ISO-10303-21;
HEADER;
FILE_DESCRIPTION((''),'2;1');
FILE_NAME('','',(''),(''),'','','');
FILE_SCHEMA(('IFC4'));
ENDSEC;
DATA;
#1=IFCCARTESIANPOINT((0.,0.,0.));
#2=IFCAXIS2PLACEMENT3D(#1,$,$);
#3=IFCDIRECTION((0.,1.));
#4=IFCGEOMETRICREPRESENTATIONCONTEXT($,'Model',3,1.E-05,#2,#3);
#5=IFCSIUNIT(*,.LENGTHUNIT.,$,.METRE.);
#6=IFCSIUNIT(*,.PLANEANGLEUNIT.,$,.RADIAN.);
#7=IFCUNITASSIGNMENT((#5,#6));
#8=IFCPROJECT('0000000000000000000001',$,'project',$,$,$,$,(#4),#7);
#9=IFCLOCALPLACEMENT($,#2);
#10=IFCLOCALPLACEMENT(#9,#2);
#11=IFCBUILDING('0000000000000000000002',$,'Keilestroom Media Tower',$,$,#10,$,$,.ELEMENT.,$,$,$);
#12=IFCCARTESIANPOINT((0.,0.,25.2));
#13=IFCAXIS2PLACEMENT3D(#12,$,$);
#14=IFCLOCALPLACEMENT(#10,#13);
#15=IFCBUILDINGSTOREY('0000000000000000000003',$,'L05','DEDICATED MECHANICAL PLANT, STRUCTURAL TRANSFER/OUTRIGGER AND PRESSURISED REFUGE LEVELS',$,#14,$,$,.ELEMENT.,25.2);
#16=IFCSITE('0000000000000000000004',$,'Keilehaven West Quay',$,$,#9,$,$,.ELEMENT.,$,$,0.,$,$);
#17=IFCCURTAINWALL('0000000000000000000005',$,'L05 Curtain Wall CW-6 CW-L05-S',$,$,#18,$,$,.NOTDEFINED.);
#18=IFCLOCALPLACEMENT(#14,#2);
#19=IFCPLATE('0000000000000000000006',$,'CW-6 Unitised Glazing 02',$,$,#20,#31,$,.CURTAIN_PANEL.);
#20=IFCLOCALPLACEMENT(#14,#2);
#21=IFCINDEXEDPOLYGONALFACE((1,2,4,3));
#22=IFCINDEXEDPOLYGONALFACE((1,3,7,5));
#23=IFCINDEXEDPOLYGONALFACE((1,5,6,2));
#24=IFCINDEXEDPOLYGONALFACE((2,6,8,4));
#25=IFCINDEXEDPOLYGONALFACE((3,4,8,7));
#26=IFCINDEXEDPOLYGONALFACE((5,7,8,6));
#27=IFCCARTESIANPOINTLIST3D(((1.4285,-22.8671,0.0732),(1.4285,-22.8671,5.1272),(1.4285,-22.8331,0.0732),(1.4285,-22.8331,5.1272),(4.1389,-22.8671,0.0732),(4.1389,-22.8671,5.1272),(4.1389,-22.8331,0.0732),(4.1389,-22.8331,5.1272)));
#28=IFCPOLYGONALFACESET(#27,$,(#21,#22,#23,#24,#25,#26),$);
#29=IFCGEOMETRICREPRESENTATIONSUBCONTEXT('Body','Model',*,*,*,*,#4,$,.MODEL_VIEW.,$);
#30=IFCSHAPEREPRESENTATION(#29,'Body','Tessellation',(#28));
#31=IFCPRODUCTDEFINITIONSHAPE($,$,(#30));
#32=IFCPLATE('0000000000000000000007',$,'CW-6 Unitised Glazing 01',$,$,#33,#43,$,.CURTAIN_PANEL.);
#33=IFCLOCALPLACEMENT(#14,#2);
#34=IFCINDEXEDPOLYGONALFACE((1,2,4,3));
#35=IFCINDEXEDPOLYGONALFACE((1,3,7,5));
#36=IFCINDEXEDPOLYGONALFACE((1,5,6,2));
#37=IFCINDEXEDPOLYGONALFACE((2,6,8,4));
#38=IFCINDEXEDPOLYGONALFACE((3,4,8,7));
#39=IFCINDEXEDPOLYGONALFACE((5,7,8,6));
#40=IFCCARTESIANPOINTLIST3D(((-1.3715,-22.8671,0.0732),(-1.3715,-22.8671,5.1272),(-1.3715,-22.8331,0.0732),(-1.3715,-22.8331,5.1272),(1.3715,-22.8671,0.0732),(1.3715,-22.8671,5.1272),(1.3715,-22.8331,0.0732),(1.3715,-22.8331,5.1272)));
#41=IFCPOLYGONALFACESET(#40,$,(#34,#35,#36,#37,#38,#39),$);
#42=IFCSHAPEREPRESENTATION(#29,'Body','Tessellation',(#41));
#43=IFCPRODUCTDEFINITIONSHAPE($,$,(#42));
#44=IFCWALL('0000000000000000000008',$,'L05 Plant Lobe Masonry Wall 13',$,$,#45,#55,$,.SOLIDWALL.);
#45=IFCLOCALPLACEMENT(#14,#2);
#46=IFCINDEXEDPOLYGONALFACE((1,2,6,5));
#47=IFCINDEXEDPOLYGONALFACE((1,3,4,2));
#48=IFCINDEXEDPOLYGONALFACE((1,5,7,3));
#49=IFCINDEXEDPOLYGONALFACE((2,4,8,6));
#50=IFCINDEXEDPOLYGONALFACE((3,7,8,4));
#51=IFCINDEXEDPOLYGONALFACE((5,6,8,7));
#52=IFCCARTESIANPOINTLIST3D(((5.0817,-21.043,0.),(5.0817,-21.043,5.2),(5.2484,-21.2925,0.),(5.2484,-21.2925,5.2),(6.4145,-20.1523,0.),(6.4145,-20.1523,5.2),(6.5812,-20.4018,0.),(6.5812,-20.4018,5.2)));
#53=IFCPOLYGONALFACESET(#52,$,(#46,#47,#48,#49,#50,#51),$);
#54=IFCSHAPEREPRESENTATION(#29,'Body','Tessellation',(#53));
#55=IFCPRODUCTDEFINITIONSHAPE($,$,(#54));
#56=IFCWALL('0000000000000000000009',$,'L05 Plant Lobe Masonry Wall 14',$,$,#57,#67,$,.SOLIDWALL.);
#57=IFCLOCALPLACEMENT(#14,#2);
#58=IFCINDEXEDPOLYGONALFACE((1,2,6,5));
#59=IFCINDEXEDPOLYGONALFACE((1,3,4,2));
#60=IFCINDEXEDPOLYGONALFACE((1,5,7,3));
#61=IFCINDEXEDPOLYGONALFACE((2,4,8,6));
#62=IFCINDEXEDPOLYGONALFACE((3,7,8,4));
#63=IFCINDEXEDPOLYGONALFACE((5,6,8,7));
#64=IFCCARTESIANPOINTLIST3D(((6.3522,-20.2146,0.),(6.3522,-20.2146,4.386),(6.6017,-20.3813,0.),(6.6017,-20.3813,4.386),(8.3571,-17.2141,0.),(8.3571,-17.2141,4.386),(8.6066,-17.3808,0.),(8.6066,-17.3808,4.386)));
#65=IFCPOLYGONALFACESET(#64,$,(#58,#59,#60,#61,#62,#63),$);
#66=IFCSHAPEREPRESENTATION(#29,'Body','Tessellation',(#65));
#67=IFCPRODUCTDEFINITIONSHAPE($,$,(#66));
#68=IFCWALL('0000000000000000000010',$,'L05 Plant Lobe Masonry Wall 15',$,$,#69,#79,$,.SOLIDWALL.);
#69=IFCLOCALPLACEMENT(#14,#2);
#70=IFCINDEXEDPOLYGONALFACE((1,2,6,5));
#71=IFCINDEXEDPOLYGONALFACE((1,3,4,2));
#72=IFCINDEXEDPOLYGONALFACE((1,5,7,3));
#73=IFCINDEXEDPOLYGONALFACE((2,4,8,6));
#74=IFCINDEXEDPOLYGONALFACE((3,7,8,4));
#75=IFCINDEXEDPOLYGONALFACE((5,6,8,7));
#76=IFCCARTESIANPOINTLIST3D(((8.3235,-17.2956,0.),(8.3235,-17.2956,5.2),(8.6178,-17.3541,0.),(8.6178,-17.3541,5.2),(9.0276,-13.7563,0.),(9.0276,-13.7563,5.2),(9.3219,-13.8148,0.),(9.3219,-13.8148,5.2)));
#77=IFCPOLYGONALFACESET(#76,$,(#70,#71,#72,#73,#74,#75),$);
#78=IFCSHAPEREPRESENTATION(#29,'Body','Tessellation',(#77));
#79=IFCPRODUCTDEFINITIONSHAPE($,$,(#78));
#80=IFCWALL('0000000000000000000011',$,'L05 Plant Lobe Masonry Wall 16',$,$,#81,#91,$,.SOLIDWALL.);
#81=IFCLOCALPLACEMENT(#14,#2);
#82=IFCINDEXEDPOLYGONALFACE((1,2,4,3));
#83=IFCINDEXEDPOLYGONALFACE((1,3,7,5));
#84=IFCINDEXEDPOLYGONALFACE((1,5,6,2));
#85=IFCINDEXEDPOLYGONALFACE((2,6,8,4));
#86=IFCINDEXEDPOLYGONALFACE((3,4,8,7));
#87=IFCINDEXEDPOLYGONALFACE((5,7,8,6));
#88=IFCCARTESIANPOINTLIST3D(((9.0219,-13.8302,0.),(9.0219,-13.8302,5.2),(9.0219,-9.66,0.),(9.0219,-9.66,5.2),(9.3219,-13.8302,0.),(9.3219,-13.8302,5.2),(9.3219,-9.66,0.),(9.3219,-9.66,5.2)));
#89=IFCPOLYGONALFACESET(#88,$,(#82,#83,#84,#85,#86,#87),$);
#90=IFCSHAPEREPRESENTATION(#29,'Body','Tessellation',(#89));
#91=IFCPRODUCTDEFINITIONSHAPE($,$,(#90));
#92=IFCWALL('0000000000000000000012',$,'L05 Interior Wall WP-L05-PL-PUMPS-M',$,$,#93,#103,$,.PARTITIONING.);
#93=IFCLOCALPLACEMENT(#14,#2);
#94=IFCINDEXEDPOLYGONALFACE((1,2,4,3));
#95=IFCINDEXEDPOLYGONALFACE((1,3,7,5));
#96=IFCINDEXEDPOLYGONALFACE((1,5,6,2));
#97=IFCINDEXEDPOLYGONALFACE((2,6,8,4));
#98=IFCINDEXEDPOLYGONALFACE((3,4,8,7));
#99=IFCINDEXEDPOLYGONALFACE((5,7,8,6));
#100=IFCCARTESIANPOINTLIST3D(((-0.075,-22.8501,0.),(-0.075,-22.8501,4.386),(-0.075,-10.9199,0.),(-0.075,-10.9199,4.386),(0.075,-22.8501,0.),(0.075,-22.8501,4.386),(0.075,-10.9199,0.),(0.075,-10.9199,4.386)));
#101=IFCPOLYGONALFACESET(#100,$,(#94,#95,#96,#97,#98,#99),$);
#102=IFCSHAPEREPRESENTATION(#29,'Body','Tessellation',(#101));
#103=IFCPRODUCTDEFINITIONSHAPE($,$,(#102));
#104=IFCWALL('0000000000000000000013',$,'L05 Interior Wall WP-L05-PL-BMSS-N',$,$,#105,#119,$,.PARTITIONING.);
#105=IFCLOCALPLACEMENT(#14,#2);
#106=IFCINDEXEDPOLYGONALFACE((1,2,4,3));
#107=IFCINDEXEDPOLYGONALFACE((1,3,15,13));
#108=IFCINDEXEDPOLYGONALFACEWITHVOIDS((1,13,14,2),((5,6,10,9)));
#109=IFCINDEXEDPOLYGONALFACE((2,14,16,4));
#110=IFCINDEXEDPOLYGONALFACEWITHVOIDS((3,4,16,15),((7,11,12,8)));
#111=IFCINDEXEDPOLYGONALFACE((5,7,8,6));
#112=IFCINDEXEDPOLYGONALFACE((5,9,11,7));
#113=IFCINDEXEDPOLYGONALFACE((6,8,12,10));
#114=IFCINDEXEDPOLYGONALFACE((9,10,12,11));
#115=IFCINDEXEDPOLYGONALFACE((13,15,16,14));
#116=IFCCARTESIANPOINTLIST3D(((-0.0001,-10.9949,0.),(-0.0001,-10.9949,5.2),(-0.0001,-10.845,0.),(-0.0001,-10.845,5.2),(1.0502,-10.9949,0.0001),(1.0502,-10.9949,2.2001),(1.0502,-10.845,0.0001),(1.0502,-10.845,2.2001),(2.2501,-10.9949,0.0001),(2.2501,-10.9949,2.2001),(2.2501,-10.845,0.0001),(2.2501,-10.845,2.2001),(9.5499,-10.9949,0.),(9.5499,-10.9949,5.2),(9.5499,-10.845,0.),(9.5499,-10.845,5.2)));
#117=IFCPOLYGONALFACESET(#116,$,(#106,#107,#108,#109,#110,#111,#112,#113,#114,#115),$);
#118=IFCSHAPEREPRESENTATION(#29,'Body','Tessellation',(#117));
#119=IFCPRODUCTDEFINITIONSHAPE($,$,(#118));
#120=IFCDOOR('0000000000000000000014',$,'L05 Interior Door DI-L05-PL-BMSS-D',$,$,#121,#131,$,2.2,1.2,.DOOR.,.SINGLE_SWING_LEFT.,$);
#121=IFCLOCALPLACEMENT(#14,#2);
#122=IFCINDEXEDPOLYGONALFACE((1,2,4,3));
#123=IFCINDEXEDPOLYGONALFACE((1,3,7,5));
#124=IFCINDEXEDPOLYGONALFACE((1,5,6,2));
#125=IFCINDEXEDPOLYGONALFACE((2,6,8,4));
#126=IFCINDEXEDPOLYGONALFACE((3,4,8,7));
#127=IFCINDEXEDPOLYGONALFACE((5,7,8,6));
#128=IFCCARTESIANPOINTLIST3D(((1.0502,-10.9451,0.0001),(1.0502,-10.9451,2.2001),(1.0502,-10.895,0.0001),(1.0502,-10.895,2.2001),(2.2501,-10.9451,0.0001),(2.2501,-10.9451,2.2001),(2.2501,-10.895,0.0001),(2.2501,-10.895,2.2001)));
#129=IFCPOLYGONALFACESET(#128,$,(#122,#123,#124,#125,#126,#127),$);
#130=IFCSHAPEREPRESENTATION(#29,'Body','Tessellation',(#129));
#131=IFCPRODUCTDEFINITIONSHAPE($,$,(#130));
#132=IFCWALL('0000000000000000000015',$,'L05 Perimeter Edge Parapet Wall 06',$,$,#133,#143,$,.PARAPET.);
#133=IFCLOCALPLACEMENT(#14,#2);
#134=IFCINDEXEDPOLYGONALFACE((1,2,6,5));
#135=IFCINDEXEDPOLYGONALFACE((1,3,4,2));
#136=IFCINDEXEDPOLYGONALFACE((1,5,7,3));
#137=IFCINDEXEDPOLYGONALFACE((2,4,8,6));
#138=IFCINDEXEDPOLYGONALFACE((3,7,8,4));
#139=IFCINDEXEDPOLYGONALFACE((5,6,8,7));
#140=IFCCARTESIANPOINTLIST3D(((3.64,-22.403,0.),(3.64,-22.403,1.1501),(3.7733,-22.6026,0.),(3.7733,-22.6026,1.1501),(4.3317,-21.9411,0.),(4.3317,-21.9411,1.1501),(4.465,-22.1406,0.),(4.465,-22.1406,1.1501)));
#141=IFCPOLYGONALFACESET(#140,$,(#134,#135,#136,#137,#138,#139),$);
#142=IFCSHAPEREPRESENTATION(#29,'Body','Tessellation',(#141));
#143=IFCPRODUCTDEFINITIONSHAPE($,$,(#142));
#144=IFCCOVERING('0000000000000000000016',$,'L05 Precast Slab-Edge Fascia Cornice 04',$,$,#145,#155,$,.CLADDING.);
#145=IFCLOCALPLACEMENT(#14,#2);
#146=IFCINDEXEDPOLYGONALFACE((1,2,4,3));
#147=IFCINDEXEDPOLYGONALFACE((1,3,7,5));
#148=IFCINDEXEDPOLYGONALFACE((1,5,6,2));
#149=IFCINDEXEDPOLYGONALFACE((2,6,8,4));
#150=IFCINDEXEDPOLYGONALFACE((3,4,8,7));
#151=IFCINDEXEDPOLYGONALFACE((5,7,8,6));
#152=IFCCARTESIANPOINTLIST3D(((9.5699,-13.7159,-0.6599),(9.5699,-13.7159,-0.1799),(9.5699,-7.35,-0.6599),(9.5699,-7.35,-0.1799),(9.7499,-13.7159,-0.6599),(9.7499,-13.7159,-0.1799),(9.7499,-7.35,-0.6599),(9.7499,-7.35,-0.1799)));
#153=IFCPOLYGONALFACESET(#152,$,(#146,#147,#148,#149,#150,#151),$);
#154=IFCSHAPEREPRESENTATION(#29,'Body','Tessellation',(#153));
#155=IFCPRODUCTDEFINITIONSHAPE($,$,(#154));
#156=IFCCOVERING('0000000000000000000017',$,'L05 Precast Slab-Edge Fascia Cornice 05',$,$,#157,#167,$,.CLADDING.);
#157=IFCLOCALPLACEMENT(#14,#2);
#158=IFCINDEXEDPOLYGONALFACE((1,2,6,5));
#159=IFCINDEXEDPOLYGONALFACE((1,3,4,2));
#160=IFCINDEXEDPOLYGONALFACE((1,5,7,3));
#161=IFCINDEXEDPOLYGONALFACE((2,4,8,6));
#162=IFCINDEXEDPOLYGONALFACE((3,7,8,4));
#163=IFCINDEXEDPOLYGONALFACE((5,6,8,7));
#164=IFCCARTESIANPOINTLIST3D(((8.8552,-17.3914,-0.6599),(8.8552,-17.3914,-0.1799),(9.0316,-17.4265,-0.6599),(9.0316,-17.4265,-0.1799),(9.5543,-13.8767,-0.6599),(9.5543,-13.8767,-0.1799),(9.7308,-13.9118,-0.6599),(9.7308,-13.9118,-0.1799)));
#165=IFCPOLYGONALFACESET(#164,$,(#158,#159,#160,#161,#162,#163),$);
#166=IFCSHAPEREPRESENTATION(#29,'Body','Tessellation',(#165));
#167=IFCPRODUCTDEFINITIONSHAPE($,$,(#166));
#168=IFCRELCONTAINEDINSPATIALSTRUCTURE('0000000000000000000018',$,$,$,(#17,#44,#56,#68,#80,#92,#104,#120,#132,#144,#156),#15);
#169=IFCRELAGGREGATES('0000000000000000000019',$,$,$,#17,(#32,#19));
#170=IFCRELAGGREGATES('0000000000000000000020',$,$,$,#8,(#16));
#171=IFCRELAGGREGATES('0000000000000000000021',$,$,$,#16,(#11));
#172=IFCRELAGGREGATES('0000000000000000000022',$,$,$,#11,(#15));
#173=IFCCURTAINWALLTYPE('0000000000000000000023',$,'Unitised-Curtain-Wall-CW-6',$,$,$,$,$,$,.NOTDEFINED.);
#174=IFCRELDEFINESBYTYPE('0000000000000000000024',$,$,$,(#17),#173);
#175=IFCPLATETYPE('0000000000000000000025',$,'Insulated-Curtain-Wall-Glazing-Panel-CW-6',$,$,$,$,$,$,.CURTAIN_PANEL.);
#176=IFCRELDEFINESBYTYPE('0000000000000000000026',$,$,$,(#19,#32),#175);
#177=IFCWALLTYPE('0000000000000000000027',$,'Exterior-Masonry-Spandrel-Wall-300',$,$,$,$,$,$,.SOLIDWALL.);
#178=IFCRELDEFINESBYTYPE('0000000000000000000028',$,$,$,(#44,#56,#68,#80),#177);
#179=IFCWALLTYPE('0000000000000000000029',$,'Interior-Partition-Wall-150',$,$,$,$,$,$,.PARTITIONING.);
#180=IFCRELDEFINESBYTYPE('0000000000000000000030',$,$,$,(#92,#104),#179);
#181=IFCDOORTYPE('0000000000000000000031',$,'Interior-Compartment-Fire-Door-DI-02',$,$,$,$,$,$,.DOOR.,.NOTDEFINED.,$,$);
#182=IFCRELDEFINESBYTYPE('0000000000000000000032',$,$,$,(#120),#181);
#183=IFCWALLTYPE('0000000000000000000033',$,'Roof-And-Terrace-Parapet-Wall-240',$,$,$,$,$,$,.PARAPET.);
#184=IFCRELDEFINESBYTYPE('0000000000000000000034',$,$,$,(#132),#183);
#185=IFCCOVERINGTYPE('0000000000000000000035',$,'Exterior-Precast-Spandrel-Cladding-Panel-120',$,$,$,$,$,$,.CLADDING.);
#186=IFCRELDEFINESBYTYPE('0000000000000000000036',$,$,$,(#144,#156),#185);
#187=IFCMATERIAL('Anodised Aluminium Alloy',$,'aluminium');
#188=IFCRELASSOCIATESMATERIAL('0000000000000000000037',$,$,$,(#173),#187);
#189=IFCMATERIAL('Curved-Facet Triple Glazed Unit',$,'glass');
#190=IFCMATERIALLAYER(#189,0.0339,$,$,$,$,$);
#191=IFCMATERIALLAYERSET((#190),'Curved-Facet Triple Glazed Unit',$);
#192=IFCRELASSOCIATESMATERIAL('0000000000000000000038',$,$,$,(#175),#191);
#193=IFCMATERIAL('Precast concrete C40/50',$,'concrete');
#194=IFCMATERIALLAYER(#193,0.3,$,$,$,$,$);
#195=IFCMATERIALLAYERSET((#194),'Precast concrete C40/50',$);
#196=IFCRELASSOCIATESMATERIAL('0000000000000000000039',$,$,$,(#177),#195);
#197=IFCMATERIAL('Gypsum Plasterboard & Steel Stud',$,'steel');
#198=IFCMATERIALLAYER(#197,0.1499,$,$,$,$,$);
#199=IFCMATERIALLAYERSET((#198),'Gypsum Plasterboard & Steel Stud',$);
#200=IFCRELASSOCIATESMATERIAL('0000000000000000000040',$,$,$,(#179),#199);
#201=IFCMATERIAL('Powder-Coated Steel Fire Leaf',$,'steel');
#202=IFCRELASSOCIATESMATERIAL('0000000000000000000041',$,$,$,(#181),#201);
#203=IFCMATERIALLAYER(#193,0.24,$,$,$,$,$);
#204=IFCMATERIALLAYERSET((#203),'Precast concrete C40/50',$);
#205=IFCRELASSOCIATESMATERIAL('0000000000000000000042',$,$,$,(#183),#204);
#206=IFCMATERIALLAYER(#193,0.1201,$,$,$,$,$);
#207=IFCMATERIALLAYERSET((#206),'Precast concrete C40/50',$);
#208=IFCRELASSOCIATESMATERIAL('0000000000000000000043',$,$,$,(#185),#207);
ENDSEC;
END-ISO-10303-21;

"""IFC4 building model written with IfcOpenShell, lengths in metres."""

from ifc_helpers import new_model, si_unit, direction, frame, frame_2d, origin, origin_2d, place, context, subcontext, project, spatial, rectangle, extrude, source, transform, mapped, material, layer, layer_set, type_object, element, fill, aggregate, save


model = new_model("IFC4")

# Units and contexts
model_context = context("Model", 3, precision=1e-05, world=origin(), true_north=direction((0.0, 1.0)))
body_context = subcontext(model_context, "Body", "Model", "MODEL_VIEW")
ifc_project = project(units=[si_unit("LENGTHUNIT", "METRE"), si_unit("PLANEANGLEUNIT", "RADIAN")], contexts=[model_context])

# Site, building, storey
site_placement = place(None, origin())
site = spatial("IfcSite", under=ifc_project, at=site_placement, Name="Keilehaven West Quay", CompositionType="ELEMENT", RefElevation=0.0)
building_placement = place(site_placement, origin())
building = spatial("IfcBuilding", under=site, at=building_placement, Name="Keilestroom Media Tower", CompositionType="ELEMENT")
storey_placement = place(building_placement, frame((0.0, 0.0, 25.2)))
storey = spatial("IfcBuildingStorey", under=building, at=storey_placement, Name="L05", Description="DEDICATED MECHANICAL PLANT, STRUCTURAL TRANSFER/OUTRIGGER AND PRESSURISED REFUGE LEVELS", CompositionType="ELEMENT", Elevation=25.2)

# Shared definitions
ifc_material_1 = material(Name="Precast concrete C40/50", Category="concrete")

# Curtain wall, plates
ifc_material_2 = material(Name="Anodised Aluminium Alloy", Category="aluminium")
curtain_wall_type = type_object("IfcCurtainWallType", Name="Unitised-Curtain-Wall-CW-6", PredefinedType="NOTDEFINED", material=ifc_material_2)
curtain_wall_placement = place(storey_placement, origin())
curtain_wall = element("IfcCurtainWall", 1, at=curtain_wall_placement, inside=storey, type_object=curtain_wall_type, Name="L05 Curtain Wall CW-6 CW-L05-S", PredefinedType="NOTDEFINED")
ifc_material_3 = material(Name="Curved-Facet Triple Glazed Unit", Category="glass")
ifc_layer_1 = layer(ifc_material_3, 0.0339)
ifc_layer_set_1 = layer_set([ifc_layer_1], Name="Curved-Facet Triple Glazed Unit")
plate_type = type_object("IfcPlateType", Name="Insulated-Curtain-Wall-Glazing-Panel-CW-6", PredefinedType="CURTAIN_PANEL", material=ifc_layer_set_1)
shared_shape_1 = source(origin(), body_context, "Body", "SweptSolid", [
    extrude(rectangle(XDim=2.7104, YDim=0.0339, at=origin_2d()), origin(), (0.0, 0.0, 1.0), 5.054),
])
plate_1_placement = place(storey_placement, frame((2.7837, -22.8501, 0.0732), z_axis=(0.0, 0.0, 1.0), x_axis=(1.0, 0.0, 0.0)))
plate_1 = element("IfcPlate", 2, at=plate_1_placement, type_object=plate_type, Name="CW-6 Unitised Glazing 02", PredefinedType="CURTAIN_PANEL", context=body_context, shape_type="MappedRepresentation", body=[
    mapped(shared_shape_1, transform((0.0, 0.0, 0.0), x_axis=(1.0, 0.0, 0.0), y_axis=(0.0, 1.0, 0.0), z_axis=(0.0, 0.0, 1.0), scale=1.0)),
])
shared_shape_2 = source(origin(), body_context, "Body", "SweptSolid", [
    extrude(rectangle(XDim=2.7429, YDim=0.0339, at=origin_2d()), origin(), (0.0, 0.0, 1.0), 5.054),
])
plate_2_placement = place(storey_placement, frame((0.0, -22.8501, 0.0732), z_axis=(0.0, 0.0, 1.0), x_axis=(1.0, 0.0, 0.0)))
plate_2 = element("IfcPlate", 3, at=plate_2_placement, type_object=plate_type, Name="CW-6 Unitised Glazing 01", PredefinedType="CURTAIN_PANEL", context=body_context, shape_type="MappedRepresentation", body=[
    mapped(shared_shape_2, transform((0.0, 0.0, 0.0), x_axis=(1.0, 0.0, 0.0), y_axis=(0.0, 1.0, 0.0), z_axis=(0.0, 0.0, 1.0), scale=1.0)),
])
aggregate(curtain_wall, [plate_2, plate_1])

# Walls
ifc_layer_2 = layer(ifc_material_1, 0.3)
ifc_layer_set_2 = layer_set([ifc_layer_2], Name="Precast concrete C40/50")
wall_type_1 = type_object("IfcWallType", Name="Exterior-Masonry-Spandrel-Wall-300", PredefinedType="SOLIDWALL", material=ifc_layer_set_2)
wall_1_placement = place(storey_placement, frame((5.165, -21.1677, 0.0), z_axis=(0.0, 0.0, 1.0), x_axis=(0.831441, 0.555614, 0.0)))
element("IfcWall", 4, at=wall_1_placement, inside=storey, type_object=wall_type_1, Name="L05 Plant Lobe Masonry Wall 13", PredefinedType="SOLIDWALL", context=body_context, shape_type="SweptSolid", body=[
    extrude(rectangle(XDim=1.603, YDim=0.3, at=frame_2d((0.8015, 0.0))), origin(), (0.0, 0.0, 1.0), 5.2),
])
wall_2_placement = place(storey_placement, frame((6.4771, -20.2979, 0.0), z_axis=(0.0, 0.0, 1.0), x_axis=(0.555574, 0.831467, 0.0)))
element("IfcWall", 5, at=wall_2_placement, inside=storey, type_object=wall_type_1, Name="L05 Plant Lobe Masonry Wall 14", PredefinedType="SOLIDWALL", context=body_context, shape_type="SweptSolid", body=[
    extrude(rectangle(XDim=3.6086, YDim=0.3, at=frame_2d((1.8042, 0.0))), origin(), (0.0, 0.0, 1.0), 4.386),
])
wall_3_placement = place(storey_placement, frame((8.4707, -17.3247, 0.0), z_axis=(0.0, 0.0, 1.0), x_axis=(0.195114, 0.980781, 0.0)))
element("IfcWall", 6, at=wall_3_placement, inside=storey, type_object=wall_type_1, Name="L05 Plant Lobe Masonry Wall 15", PredefinedType="SOLIDWALL", context=body_context, shape_type="SweptSolid", body=[
    extrude(rectangle(XDim=3.6086, YDim=0.3, at=frame_2d((1.8042, 0.0))), origin(), (0.0, 0.0, 1.0), 5.2),
])
wall_4_placement = place(storey_placement, frame((9.1719, -13.8301, 0.0), z_axis=(0.0, 0.0, 1.0), x_axis=(0.0, 1.0, 0.0)))
element("IfcWall", 7, at=wall_4_placement, inside=storey, type_object=wall_type_1, Name="L05 Plant Lobe Masonry Wall 16", PredefinedType="SOLIDWALL", context=body_context, shape_type="SweptSolid", body=[
    extrude(rectangle(XDim=4.1702, YDim=0.3, at=frame_2d((2.085, 0.0))), origin(), (0.0, 0.0, 1.0), 5.2),
])
ifc_material_4 = material(Name="Gypsum Plasterboard & Steel Stud", Category="steel")
ifc_layer_3 = layer(ifc_material_4, 0.1499)
ifc_layer_set_3 = layer_set([ifc_layer_3], Name="Gypsum Plasterboard & Steel Stud")
wall_type_2 = type_object("IfcWallType", Name="Interior-Partition-Wall-150", PredefinedType="PARTITIONING", material=ifc_layer_set_3)
wall_5_placement = place(storey_placement, frame((0.0, -22.8501, 0.0), z_axis=(0.0, 0.0, 1.0), x_axis=(0.0, 1.0, 0.0)))
element("IfcWall", 8, at=wall_5_placement, inside=storey, type_object=wall_type_2, Name="L05 Interior Wall WP-L05-PL-PUMPS-M", PredefinedType="PARTITIONING", context=body_context, shape_type="SweptSolid", body=[
    extrude(rectangle(XDim=11.9302, YDim=0.1499, at=frame_2d((5.9651, 0.0))), origin(), (0.0, 0.0, 1.0), 4.386),
])

# Wall, opening, door
wall_6_placement = place(storey_placement, frame((0.0, -10.9199, 0.0), z_axis=(0.0, 0.0, 1.0), x_axis=(1.0, 0.0, 0.0)))
wall_6 = element("IfcWall", 9, at=wall_6_placement, inside=storey, type_object=wall_type_2, Name="L05 Interior Wall WP-L05-PL-BMSS-N", PredefinedType="PARTITIONING", context=body_context, shape_type="SweptSolid", body=[
    extrude(rectangle(XDim=9.55, YDim=0.1499, at=frame_2d((4.7749, 0.0))), origin(), (0.0, 0.0, 1.0), 5.2),
])
opening_placement = place(wall_6_placement, frame((1.05, 0.0, 0.0)))
opening = element("IfcOpeningElement", 10, at=opening_placement, cuts=wall_6, PredefinedType="OPENING", context=body_context, shape_type="SweptSolid", body=[
    extrude(rectangle(XDim=1.2, YDim=2.2, at=frame_2d((0.6001, 1.1001))), frame((0.0, 0.085, 0.0), z_axis=(0.0, -1.0, 0.0), x_axis=(1.0, 0.0, 0.0)), (0.0, 0.0, 1.0), 0.1699),
])
ifc_material_5 = material(Name="Powder-Coated Steel Fire Leaf", Category="steel")
door_type = type_object("IfcDoorType", Name="Interior-Compartment-Fire-Door-DI-02", OperationType="NOTDEFINED", PredefinedType="DOOR", material=ifc_material_5)
shared_shape_3 = source(origin(), body_context, "Body", "SweptSolid", [
    extrude(rectangle(XDim=1.2, YDim=2.2, at=frame_2d((0.6001, 1.1001))), frame((0.0, 0.0249, 0.0), z_axis=(0.0, -1.0, 0.0), x_axis=(1.0, 0.0, 0.0)), (0.0, 0.0, 1.0), 0.05),
])
door_placement = place(opening_placement, origin())
door = element("IfcDoor", 11, at=door_placement, inside=storey, type_object=door_type, Name="L05 Interior Door DI-L05-PL-BMSS-D", OperationType="SINGLE_SWING_LEFT", OverallHeight=2.2, OverallWidth=1.2, PredefinedType="DOOR", context=body_context, shape_type="MappedRepresentation", body=[
    mapped(shared_shape_3, transform((0.0, 0.0, 0.0), x_axis=(1.0, 0.0, 0.0), y_axis=(0.0, 1.0, 0.0), z_axis=(0.0, 0.0, 1.0), scale=1.0)),
])
fill(opening, door)

# Wall
ifc_layer_4 = layer(ifc_material_1, 0.24)
ifc_layer_set_4 = layer_set([ifc_layer_4], Name="Precast concrete C40/50")
wall_type_3 = type_object("IfcWallType", Name="Roof-And-Terrace-Parapet-Wall-240", PredefinedType="PARAPET", material=ifc_layer_set_4)
wall_7_placement = place(storey_placement, frame((4.3984, -22.0408, 0.0), z_axis=(0.0, 0.0, 1.0), x_axis=(-0.831598, -0.555377, 0.0)))
element("IfcWall", 12, at=wall_7_placement, inside=storey, type_object=wall_type_3, Name="L05 Perimeter Edge Parapet Wall 06", PredefinedType="PARAPET", context=body_context, shape_type="SweptSolid", body=[
    extrude(rectangle(XDim=0.8318, YDim=0.24, at=frame_2d((0.416, 0.0))), origin(), (0.0, 0.0, 1.0), 1.1501),
])

# Coverings
ifc_layer_5 = layer(ifc_material_1, 0.1201)
ifc_layer_set_5 = layer_set([ifc_layer_5], Name="Precast concrete C40/50")
covering_type = type_object("IfcCoveringType", Name="Exterior-Precast-Spandrel-Cladding-Panel-120", PredefinedType="CLADDING", material=ifc_layer_set_5)
shared_shape_4 = source(origin(), body_context, "Body", "SweptSolid", [
    extrude(rectangle(XDim=6.366, YDim=0.1799, at=origin_2d()), origin(), (0.0, 0.0, 1.0), 0.48),
])
covering_1_placement = place(storey_placement, frame((9.6599, -10.533, -0.6599), z_axis=(0.0, 0.0, 1.0), x_axis=(0.0, -1.0, 0.0)))
element("IfcCovering", 13, at=covering_1_placement, inside=storey, type_object=covering_type, Name="L05 Precast Slab-Edge Fascia Cornice 04", PredefinedType="CLADDING", context=body_context, shape_type="MappedRepresentation", body=[
    mapped(shared_shape_4, transform((0.0, 0.0, 0.0), x_axis=(1.0, 0.0, 0.0), y_axis=(0.0, 1.0, 0.0), z_axis=(0.0, 0.0, 1.0), scale=1.0)),
])
shared_shape_5 = source(origin(), body_context, "Body", "SweptSolid", [
    extrude(rectangle(XDim=3.5835, YDim=0.1799, at=origin_2d()), origin(), (0.0, 0.0, 1.0), 0.48),
])
covering_2_placement = place(storey_placement, frame((9.293, -15.6516, -0.6599), z_axis=(0.0, 0.0, 1.0), x_axis=(-0.195099, -0.980784, 0.0)))
element("IfcCovering", 14, at=covering_2_placement, inside=storey, type_object=covering_type, Name="L05 Precast Slab-Edge Fascia Cornice 05", PredefinedType="CLADDING", context=body_context, shape_type="MappedRepresentation", body=[
    mapped(shared_shape_5, transform((0.0, 0.0, 0.0), x_axis=(1.0, 0.0, 0.0), y_axis=(0.0, 1.0, 0.0), z_axis=(0.0, 0.0, 1.0), scale=1.0)),
])

save(model, "model.ifc")
